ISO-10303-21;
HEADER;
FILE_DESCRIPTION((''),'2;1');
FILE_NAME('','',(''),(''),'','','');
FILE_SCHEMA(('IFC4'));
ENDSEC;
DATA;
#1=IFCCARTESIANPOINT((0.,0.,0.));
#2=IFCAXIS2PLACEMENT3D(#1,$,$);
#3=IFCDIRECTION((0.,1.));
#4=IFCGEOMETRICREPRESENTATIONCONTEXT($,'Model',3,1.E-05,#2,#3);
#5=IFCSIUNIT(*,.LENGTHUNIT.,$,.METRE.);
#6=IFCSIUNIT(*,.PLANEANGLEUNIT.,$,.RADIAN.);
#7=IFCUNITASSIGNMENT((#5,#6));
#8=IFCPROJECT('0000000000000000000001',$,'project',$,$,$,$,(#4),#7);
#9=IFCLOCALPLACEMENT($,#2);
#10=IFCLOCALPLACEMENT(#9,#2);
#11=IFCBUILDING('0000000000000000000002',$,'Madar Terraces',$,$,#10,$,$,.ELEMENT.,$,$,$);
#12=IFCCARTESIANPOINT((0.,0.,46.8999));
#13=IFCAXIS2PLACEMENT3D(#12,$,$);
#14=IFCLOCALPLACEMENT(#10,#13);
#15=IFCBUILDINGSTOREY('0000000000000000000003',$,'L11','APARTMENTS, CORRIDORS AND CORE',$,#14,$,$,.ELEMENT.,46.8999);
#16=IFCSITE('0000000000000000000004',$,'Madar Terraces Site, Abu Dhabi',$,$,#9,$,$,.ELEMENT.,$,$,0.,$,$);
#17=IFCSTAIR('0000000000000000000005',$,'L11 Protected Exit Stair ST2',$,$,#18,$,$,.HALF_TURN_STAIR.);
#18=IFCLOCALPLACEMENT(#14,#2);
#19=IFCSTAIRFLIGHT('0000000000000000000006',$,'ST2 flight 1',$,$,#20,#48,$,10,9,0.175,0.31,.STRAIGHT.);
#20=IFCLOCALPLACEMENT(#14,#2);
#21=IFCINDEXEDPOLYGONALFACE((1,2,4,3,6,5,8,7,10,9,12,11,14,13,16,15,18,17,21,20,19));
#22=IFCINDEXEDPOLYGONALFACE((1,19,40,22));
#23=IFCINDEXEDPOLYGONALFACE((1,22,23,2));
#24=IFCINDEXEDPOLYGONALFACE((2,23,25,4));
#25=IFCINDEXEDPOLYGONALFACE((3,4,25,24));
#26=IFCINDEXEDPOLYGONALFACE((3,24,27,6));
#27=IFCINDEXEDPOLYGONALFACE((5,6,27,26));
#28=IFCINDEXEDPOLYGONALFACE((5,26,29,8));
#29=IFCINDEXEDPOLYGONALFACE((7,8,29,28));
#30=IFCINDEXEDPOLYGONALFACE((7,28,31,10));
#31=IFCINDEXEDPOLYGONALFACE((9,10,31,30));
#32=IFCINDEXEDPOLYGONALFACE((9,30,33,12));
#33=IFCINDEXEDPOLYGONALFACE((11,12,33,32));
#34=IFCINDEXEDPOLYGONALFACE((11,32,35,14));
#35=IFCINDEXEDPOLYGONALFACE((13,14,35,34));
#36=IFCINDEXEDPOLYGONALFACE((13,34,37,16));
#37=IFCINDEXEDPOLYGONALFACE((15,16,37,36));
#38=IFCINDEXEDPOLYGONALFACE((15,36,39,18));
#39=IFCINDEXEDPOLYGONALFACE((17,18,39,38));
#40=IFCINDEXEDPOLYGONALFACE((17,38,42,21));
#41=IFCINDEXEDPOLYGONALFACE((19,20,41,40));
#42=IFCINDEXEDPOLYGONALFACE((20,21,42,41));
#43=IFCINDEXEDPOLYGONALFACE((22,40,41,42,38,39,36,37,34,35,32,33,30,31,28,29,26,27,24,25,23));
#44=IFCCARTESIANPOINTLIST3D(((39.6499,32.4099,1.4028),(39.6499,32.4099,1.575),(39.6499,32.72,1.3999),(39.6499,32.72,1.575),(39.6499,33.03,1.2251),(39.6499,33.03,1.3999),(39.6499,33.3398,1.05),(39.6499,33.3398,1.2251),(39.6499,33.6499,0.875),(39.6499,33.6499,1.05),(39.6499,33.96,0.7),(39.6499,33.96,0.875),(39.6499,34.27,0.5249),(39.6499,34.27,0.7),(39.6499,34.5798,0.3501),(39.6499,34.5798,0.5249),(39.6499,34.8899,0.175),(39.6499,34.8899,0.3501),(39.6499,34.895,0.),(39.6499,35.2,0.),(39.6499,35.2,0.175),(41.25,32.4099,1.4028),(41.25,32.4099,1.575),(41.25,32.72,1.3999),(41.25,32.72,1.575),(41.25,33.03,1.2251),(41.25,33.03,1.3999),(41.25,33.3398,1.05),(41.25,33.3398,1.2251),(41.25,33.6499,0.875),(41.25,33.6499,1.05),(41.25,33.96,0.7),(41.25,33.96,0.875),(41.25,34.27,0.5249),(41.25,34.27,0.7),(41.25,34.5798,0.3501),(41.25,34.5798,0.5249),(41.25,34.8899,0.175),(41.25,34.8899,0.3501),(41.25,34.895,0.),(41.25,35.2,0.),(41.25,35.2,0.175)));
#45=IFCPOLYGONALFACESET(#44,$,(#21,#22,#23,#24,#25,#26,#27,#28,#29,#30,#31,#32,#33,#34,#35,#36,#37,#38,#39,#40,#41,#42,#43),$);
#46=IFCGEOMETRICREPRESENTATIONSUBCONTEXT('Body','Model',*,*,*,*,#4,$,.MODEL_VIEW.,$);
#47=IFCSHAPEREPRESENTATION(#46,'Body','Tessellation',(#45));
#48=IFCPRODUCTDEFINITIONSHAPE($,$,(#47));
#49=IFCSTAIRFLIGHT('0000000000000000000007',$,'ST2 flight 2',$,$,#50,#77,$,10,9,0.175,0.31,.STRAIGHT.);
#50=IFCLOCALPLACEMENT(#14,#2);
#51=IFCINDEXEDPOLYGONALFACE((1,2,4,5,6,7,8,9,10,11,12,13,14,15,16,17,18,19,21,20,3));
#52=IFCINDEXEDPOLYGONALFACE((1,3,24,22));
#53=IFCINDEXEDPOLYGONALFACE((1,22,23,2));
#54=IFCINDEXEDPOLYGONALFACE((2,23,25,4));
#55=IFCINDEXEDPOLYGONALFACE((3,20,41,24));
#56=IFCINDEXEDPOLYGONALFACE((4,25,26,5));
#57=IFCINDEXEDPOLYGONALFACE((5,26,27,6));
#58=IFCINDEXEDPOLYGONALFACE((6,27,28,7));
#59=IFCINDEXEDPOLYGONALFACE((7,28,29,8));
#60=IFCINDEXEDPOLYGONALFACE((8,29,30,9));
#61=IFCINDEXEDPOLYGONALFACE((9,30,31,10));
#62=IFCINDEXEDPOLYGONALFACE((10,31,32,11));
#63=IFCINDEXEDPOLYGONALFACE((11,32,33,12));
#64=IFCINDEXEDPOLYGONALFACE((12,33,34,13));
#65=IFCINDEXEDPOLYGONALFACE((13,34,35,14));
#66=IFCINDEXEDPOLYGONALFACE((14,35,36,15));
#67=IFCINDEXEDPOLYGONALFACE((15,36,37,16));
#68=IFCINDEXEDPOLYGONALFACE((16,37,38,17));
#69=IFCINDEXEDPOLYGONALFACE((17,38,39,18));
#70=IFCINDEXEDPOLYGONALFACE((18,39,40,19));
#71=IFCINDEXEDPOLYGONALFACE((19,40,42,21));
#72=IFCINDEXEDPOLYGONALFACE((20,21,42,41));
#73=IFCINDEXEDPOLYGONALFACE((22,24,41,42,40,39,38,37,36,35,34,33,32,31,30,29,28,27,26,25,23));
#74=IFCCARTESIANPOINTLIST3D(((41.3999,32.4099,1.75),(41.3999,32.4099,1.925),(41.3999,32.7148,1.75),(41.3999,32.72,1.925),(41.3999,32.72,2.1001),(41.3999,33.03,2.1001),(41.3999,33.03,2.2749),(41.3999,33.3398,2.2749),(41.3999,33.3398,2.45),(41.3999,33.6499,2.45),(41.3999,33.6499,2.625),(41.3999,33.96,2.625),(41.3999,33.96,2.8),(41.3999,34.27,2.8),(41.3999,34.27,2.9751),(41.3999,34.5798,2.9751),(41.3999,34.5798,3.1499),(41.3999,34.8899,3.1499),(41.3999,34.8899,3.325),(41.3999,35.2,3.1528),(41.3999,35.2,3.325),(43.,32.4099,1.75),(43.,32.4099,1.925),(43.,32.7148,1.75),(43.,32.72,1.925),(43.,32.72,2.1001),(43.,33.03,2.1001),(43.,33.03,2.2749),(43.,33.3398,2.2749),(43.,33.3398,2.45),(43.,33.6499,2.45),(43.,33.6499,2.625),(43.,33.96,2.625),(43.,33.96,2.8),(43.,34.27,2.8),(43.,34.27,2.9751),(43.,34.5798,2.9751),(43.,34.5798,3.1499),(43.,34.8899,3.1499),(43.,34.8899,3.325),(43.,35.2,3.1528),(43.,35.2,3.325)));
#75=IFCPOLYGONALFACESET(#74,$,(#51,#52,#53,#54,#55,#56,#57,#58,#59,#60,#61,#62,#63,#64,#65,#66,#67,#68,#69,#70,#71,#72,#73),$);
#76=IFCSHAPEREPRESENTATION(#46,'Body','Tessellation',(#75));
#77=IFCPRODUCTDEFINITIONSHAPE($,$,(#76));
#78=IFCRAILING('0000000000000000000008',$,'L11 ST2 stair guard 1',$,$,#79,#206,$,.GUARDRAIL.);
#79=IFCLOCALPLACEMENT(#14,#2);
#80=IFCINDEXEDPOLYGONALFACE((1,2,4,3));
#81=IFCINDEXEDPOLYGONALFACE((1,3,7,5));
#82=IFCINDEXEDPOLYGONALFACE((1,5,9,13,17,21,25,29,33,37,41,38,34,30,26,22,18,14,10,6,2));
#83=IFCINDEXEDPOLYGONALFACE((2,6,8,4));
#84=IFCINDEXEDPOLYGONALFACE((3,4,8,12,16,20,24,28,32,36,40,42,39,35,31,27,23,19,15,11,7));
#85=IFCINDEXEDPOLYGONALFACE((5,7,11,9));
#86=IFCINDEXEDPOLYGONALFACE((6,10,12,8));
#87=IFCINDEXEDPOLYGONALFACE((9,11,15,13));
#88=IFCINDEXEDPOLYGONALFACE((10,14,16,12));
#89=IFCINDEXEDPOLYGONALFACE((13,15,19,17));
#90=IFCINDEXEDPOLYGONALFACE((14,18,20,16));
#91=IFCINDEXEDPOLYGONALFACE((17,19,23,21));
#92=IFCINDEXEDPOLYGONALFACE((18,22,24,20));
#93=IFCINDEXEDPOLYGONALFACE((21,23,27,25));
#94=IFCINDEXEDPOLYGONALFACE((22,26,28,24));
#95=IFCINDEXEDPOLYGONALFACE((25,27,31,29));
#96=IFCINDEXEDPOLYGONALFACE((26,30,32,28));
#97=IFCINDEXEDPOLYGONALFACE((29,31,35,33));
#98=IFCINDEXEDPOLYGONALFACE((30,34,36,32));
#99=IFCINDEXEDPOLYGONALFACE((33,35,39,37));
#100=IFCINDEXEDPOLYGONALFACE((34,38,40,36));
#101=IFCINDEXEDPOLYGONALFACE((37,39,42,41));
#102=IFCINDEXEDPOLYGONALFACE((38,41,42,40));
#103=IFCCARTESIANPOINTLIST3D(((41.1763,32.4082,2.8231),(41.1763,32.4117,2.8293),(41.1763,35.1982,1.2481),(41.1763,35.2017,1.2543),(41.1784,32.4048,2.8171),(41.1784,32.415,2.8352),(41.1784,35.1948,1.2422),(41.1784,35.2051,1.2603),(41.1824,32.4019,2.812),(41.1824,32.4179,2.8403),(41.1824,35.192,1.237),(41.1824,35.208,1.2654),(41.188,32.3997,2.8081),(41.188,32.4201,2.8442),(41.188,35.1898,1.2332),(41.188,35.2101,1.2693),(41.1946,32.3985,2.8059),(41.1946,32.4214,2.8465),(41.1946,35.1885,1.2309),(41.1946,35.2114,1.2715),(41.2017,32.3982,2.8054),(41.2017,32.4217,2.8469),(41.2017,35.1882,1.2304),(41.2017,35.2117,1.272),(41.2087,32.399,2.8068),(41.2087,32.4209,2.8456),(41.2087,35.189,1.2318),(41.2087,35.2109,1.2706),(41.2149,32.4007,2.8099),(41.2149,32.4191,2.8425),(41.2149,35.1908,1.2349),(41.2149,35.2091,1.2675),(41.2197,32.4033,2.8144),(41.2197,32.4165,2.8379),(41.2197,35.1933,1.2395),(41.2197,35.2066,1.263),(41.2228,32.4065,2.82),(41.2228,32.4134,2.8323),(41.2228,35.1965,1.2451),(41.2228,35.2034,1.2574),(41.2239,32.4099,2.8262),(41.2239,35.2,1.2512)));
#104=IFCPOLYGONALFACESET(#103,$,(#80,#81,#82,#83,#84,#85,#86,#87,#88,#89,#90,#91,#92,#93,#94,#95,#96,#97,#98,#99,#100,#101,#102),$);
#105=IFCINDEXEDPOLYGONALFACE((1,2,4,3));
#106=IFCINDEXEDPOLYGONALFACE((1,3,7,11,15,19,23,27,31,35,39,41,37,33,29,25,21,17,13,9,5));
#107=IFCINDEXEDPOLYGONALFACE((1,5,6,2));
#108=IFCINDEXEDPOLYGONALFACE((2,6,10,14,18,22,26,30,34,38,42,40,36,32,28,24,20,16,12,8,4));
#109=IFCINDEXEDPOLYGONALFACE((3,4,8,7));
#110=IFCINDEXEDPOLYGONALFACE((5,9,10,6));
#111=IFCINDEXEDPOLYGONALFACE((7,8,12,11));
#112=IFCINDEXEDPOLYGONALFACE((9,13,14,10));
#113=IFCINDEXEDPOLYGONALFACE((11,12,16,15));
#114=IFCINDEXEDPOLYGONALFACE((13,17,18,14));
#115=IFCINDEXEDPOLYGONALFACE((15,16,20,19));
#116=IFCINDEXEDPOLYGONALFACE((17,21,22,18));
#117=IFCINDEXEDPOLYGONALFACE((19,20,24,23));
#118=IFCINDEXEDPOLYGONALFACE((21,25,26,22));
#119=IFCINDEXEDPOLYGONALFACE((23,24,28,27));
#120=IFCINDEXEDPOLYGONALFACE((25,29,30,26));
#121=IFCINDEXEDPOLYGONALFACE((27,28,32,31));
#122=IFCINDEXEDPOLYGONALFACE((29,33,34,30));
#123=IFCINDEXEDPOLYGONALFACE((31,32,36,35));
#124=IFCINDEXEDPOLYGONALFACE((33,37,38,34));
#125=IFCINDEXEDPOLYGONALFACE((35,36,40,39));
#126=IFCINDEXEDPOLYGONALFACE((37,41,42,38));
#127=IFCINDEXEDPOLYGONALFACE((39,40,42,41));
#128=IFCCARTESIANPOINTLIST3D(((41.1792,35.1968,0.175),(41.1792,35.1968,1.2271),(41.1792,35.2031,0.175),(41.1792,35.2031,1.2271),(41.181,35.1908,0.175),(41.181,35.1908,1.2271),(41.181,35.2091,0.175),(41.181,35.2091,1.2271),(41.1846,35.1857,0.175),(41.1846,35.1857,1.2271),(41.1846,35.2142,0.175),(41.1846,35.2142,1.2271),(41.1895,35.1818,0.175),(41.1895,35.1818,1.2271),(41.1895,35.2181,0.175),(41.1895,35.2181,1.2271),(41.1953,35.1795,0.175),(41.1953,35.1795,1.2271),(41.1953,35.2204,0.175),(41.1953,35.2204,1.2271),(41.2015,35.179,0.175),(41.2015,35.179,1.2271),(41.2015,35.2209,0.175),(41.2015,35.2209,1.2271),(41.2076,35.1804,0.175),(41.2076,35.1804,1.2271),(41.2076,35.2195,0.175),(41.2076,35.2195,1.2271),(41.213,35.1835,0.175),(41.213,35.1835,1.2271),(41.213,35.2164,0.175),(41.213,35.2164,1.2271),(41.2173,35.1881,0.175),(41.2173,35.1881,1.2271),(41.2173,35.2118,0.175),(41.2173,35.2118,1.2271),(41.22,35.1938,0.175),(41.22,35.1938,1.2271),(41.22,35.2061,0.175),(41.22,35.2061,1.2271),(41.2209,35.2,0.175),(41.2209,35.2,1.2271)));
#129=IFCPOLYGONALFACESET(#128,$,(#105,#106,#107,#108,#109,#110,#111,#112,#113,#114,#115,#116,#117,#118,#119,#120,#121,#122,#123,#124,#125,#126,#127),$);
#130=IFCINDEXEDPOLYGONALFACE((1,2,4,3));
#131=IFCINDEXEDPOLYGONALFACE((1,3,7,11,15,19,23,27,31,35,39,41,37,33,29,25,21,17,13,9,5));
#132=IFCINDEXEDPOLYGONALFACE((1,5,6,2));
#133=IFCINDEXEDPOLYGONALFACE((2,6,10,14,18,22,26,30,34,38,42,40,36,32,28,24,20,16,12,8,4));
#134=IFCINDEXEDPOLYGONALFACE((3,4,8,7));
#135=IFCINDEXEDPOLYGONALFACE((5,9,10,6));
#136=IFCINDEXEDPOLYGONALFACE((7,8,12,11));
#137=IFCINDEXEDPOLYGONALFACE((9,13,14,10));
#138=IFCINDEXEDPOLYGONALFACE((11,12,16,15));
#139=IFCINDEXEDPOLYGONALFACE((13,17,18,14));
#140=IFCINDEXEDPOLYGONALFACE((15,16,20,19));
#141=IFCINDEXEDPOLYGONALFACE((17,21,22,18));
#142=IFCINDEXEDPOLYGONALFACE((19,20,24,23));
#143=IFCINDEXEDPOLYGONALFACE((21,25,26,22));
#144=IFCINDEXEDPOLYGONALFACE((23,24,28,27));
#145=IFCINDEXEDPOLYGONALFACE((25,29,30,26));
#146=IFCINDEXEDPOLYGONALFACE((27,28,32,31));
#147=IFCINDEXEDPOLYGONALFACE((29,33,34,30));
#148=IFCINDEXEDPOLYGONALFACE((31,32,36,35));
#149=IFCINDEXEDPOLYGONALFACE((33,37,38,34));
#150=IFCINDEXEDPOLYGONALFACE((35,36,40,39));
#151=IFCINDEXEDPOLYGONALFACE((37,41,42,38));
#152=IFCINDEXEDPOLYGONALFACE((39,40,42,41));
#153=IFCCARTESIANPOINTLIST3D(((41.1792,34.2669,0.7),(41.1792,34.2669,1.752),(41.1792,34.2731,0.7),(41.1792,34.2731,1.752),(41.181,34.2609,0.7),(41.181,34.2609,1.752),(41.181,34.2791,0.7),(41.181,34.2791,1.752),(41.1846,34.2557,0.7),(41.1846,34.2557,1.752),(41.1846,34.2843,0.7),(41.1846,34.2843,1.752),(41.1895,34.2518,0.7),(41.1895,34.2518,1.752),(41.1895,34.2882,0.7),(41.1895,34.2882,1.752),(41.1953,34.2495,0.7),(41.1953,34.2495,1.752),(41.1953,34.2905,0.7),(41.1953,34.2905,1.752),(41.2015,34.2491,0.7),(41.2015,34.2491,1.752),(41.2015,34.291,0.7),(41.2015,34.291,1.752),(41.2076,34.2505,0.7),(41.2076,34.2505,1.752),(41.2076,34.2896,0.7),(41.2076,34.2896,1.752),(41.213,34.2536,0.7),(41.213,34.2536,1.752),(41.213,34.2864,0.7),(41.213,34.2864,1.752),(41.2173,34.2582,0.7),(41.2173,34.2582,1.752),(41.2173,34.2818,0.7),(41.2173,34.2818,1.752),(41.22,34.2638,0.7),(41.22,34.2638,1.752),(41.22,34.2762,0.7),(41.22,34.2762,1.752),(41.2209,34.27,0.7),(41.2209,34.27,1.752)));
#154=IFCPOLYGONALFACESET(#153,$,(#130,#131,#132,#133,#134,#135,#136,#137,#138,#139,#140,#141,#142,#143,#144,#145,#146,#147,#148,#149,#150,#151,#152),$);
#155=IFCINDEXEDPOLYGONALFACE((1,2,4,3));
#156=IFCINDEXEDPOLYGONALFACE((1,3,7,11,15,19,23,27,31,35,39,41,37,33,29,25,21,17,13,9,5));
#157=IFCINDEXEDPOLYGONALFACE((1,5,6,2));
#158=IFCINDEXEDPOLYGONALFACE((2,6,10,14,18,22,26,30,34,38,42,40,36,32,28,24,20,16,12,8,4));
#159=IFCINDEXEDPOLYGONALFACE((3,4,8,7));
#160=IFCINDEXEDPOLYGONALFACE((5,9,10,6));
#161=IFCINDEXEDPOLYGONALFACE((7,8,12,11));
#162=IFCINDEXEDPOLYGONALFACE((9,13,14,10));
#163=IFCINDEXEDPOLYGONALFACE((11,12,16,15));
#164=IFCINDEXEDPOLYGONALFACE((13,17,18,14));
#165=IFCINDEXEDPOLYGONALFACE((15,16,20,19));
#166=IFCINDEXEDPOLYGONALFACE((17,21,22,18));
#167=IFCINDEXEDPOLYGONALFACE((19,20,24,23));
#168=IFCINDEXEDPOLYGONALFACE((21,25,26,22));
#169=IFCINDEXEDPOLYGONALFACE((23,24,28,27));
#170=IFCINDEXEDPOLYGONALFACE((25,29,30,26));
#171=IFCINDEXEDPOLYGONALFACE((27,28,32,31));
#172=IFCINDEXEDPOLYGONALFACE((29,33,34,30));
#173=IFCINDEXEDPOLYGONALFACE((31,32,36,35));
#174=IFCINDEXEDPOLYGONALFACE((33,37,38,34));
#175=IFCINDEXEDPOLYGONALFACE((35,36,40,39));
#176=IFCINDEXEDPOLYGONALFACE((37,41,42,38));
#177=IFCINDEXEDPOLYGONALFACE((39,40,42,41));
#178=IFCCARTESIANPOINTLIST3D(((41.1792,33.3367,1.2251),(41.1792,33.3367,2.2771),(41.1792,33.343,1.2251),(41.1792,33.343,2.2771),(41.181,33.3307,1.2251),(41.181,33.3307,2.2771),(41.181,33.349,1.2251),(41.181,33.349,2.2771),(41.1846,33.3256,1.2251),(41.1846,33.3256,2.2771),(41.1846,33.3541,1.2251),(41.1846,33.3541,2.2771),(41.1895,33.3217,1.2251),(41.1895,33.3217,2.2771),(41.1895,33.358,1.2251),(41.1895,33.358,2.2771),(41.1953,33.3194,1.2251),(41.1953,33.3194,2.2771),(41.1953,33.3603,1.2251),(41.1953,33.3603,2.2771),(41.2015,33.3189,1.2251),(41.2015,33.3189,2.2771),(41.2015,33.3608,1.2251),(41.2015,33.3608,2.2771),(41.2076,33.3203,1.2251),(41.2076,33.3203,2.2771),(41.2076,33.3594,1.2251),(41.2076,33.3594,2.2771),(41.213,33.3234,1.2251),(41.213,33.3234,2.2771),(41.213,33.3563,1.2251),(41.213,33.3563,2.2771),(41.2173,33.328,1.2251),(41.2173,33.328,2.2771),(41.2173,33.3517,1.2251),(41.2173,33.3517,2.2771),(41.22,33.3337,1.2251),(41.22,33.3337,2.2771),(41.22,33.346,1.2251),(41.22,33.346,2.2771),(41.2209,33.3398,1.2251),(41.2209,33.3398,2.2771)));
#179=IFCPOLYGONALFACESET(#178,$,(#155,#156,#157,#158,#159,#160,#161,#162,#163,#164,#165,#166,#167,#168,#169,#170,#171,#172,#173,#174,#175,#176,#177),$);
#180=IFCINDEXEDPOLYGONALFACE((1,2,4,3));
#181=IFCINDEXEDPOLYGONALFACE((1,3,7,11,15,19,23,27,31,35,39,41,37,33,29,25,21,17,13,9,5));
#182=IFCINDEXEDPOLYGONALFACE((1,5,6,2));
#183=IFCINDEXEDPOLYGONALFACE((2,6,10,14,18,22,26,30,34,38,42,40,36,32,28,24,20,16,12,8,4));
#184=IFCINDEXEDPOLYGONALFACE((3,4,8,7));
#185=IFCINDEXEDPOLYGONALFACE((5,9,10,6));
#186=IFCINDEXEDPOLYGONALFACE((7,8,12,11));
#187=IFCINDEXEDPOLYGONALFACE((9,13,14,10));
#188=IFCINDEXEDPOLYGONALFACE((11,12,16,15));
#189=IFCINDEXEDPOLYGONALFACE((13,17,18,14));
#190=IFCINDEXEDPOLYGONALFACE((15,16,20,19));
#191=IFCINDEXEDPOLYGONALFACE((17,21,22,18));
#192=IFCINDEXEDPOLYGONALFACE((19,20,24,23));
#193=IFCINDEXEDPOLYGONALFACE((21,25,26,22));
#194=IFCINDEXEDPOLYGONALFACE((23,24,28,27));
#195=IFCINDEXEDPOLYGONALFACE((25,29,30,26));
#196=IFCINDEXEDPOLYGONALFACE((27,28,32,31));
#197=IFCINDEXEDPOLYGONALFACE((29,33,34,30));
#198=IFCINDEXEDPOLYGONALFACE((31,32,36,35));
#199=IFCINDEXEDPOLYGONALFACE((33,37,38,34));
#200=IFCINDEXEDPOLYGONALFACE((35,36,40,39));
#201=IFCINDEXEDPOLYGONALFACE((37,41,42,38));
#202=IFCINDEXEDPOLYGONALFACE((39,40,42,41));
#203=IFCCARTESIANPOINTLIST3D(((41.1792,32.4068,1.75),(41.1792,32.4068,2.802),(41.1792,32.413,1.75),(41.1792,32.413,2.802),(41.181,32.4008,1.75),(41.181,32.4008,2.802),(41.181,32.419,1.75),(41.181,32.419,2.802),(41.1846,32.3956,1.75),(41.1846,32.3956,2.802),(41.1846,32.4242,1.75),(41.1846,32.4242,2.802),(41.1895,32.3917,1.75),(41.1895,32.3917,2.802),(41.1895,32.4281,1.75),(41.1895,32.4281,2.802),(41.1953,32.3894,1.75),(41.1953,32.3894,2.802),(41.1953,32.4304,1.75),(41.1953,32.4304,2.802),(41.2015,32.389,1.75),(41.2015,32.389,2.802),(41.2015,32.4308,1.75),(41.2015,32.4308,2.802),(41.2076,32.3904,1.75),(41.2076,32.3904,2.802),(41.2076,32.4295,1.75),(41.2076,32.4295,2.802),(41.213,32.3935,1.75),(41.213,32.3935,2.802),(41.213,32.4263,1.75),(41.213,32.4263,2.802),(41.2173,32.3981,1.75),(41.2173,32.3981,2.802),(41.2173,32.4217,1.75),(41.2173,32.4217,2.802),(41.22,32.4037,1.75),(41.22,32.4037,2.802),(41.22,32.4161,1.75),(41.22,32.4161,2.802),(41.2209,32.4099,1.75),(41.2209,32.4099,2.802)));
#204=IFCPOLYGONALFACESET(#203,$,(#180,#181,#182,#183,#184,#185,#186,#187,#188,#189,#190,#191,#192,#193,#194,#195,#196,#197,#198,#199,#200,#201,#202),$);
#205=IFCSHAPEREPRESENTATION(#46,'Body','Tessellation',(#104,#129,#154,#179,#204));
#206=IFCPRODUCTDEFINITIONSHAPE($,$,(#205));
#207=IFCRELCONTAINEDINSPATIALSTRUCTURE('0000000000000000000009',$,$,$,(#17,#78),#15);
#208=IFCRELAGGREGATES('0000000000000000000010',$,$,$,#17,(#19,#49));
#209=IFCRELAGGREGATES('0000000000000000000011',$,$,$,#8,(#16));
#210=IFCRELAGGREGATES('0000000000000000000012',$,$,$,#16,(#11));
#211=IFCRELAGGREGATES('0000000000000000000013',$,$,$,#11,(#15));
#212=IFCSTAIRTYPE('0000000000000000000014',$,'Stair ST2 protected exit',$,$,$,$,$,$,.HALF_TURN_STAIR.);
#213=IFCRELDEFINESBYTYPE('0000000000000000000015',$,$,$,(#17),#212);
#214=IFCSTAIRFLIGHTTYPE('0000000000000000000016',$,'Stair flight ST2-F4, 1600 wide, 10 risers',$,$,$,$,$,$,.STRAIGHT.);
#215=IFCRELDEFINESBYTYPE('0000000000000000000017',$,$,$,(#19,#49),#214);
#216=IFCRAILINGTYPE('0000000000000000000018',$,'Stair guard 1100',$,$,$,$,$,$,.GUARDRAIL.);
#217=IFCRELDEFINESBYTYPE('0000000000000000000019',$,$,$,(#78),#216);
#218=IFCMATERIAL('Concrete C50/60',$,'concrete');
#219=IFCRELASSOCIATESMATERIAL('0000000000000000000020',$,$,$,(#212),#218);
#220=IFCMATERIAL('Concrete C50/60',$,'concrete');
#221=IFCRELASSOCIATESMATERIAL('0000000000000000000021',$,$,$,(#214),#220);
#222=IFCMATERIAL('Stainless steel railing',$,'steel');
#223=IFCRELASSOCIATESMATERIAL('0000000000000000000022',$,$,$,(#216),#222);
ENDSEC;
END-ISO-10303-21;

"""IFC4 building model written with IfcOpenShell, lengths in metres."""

from ifc_helpers import new_model, si_unit, direction, frame, origin, origin_2d, place, context, subcontext, project, spatial, polyline, circle, outline, extrude, material, type_object, element, aggregate, save


model = new_model("IFC4")

# Units and contexts
model_context = context("Model", 3, precision=1e-05, world=origin(), true_north=direction((0.0, 1.0)))
body_context = subcontext(model_context, "Body", "Model", "MODEL_VIEW")
ifc_project = project(units=[si_unit("LENGTHUNIT", "METRE"), si_unit("PLANEANGLEUNIT", "RADIAN")], contexts=[model_context])

# Site, building, storey
site_placement = place(None, origin())
site = spatial("IfcSite", under=ifc_project, at=site_placement, Name="Madar Terraces Site, Abu Dhabi", CompositionType="ELEMENT", RefElevation=0.0)
building_placement = place(site_placement, origin())
building = spatial("IfcBuilding", under=site, at=building_placement, Name="Madar Terraces", CompositionType="ELEMENT")
storey_placement = place(building_placement, frame((0.0, 0.0, 46.8999)))
storey = spatial("IfcBuildingStorey", under=building, at=storey_placement, Name="L11", Description="APARTMENTS, CORRIDORS AND CORE", CompositionType="ELEMENT", Elevation=46.8999)

# Stair, stair flights
ifc_material_1 = material(Name="Concrete C50/60", Category="concrete")
stair_type = type_object("IfcStairType", Name="Stair ST2 protected exit", PredefinedType="HALF_TURN_STAIR", material=ifc_material_1)
stair_placement = place(storey_placement, origin())
stair = element("IfcStair", 1, at=stair_placement, inside=storey, type_object=stair_type, Name="L11 Protected Exit Stair ST2", PredefinedType="HALF_TURN_STAIR")
ifc_material_2 = material(Name="Concrete C50/60", Category="concrete")
stair_flight_type = type_object("IfcStairFlightType", Name="Stair flight ST2-F4, 1600 wide, 10 risers", PredefinedType="STRAIGHT", material=ifc_material_2)
stair_flight_1_placement = place(storey_placement, frame((40.45, 35.2, 0.0), z_axis=(0.0, 0.0, 1.0), x_axis=(0.0, -1.0, 0.0)))
stair_flight_1 = element("IfcStairFlight", 2, at=stair_flight_1_placement, type_object=stair_flight_type, Name="ST2 flight 1", NumberOfRisers=10, NumberOfTreads=9, PredefinedType="STRAIGHT", RiserHeight=0.175, TreadLength=0.31, context=body_context, shape_type="SweptSolid", body=[
    extrude(outline(polyline([(0.0, 0.0), (0.0, 0.175), (0.3101, 0.175), (0.3101, 0.3501), (0.6201, 0.3501), (0.6201, 0.5249), (0.9299, 0.5249), (0.9299, 0.7), (1.24, 0.7), (1.24, 0.875), (1.55, 0.875), (1.55, 1.05), (1.8601, 1.05), (1.8601, 1.2251), (2.1699, 1.2251), (2.1699, 1.3999), (2.48, 1.3999), (2.48, 1.575), (2.79, 1.575), (2.79, 1.75), (2.79, 1.4028), (0.3049, 0.0), (0.0, 0.0)])), frame((0.0, 0.8, 0.0), z_axis=(0.0, -1.0, 0.0), x_axis=(1.0, 0.0, 0.0)), (0.0, 0.0, 1.0), 1.6001),
])
stair_flight_2_placement = place(storey_placement, frame((42.2, 32.4099, 1.75), z_axis=(0.0, 0.0, 1.0), x_axis=(0.0, 1.0, 0.0)))
stair_flight_2 = element("IfcStairFlight", 3, at=stair_flight_2_placement, type_object=stair_flight_type, Name="ST2 flight 2", NumberOfRisers=10, NumberOfTreads=9, PredefinedType="STRAIGHT", RiserHeight=0.175, TreadLength=0.31, context=body_context, shape_type="SweptSolid", body=[
    extrude(outline(polyline([(0.0, 0.0), (0.0, 0.175), (0.3101, 0.175), (0.3101, 0.3501), (0.6201, 0.3501), (0.6201, 0.5249), (0.9299, 0.5249), (0.9299, 0.7), (1.24, 0.7), (1.24, 0.875), (1.55, 0.875), (1.55, 1.05), (1.8601, 1.05), (1.8601, 1.2251), (2.1699, 1.2251), (2.1699, 1.3999), (2.48, 1.3999), (2.48, 1.575), (2.79, 1.575), (2.79, 1.75), (2.79, 1.4028), (0.3049, 0.0), (0.0, 0.0)])), frame((0.0, 0.8, 0.0), z_axis=(0.0, -1.0, 0.0), x_axis=(1.0, 0.0, 0.0)), (0.0, 0.0, 1.0), 1.6001),
])
aggregate(stair, [stair_flight_1, stair_flight_2])

# Railing
ifc_material_3 = material(Name="Stainless steel railing", Category="steel")
railing_type_1 = type_object("IfcRailingType", Name="Stair guard 1100", PredefinedType="GUARDRAIL", material=ifc_material_3)
railing_1_placement = place(storey_placement, frame((41.2, 35.2, 0.175)))
element("IfcRailing", 4, at=railing_1_placement, inside=storey, type_object=railing_type_1, Name="L11 ST2 stair guard 1", PredefinedType="GUARDRAIL", context=body_context, shape_type="SweptSolid", body=[
    extrude(circle(Radius=0.0239, at=origin_2d()), frame((0.0, 0.0, 1.0762), z_axis=(0.0, -0.870834, 0.491578), x_axis=(1.0, 0.0, 0.0)), (0.0, 0.0, 1.0), 3.2039),
    extrude(circle(Radius=0.021, at=origin_2d()), origin(), (0.0, 0.0, 1.0), 1.052),
    extrude(circle(Radius=0.021, at=origin_2d()), frame((0.0, -0.9299, 0.5249)), (0.0, 0.0, 1.0), 1.052),
    extrude(circle(Radius=0.021, at=origin_2d()), frame((0.0, -1.8601, 1.05)), (0.0, 0.0, 1.0), 1.052),
    extrude(circle(Radius=0.021, at=origin_2d()), frame((0.0, -2.79, 1.575)), (0.0, 0.0, 1.0), 1.052),
])

save(model, "model.ifc")
